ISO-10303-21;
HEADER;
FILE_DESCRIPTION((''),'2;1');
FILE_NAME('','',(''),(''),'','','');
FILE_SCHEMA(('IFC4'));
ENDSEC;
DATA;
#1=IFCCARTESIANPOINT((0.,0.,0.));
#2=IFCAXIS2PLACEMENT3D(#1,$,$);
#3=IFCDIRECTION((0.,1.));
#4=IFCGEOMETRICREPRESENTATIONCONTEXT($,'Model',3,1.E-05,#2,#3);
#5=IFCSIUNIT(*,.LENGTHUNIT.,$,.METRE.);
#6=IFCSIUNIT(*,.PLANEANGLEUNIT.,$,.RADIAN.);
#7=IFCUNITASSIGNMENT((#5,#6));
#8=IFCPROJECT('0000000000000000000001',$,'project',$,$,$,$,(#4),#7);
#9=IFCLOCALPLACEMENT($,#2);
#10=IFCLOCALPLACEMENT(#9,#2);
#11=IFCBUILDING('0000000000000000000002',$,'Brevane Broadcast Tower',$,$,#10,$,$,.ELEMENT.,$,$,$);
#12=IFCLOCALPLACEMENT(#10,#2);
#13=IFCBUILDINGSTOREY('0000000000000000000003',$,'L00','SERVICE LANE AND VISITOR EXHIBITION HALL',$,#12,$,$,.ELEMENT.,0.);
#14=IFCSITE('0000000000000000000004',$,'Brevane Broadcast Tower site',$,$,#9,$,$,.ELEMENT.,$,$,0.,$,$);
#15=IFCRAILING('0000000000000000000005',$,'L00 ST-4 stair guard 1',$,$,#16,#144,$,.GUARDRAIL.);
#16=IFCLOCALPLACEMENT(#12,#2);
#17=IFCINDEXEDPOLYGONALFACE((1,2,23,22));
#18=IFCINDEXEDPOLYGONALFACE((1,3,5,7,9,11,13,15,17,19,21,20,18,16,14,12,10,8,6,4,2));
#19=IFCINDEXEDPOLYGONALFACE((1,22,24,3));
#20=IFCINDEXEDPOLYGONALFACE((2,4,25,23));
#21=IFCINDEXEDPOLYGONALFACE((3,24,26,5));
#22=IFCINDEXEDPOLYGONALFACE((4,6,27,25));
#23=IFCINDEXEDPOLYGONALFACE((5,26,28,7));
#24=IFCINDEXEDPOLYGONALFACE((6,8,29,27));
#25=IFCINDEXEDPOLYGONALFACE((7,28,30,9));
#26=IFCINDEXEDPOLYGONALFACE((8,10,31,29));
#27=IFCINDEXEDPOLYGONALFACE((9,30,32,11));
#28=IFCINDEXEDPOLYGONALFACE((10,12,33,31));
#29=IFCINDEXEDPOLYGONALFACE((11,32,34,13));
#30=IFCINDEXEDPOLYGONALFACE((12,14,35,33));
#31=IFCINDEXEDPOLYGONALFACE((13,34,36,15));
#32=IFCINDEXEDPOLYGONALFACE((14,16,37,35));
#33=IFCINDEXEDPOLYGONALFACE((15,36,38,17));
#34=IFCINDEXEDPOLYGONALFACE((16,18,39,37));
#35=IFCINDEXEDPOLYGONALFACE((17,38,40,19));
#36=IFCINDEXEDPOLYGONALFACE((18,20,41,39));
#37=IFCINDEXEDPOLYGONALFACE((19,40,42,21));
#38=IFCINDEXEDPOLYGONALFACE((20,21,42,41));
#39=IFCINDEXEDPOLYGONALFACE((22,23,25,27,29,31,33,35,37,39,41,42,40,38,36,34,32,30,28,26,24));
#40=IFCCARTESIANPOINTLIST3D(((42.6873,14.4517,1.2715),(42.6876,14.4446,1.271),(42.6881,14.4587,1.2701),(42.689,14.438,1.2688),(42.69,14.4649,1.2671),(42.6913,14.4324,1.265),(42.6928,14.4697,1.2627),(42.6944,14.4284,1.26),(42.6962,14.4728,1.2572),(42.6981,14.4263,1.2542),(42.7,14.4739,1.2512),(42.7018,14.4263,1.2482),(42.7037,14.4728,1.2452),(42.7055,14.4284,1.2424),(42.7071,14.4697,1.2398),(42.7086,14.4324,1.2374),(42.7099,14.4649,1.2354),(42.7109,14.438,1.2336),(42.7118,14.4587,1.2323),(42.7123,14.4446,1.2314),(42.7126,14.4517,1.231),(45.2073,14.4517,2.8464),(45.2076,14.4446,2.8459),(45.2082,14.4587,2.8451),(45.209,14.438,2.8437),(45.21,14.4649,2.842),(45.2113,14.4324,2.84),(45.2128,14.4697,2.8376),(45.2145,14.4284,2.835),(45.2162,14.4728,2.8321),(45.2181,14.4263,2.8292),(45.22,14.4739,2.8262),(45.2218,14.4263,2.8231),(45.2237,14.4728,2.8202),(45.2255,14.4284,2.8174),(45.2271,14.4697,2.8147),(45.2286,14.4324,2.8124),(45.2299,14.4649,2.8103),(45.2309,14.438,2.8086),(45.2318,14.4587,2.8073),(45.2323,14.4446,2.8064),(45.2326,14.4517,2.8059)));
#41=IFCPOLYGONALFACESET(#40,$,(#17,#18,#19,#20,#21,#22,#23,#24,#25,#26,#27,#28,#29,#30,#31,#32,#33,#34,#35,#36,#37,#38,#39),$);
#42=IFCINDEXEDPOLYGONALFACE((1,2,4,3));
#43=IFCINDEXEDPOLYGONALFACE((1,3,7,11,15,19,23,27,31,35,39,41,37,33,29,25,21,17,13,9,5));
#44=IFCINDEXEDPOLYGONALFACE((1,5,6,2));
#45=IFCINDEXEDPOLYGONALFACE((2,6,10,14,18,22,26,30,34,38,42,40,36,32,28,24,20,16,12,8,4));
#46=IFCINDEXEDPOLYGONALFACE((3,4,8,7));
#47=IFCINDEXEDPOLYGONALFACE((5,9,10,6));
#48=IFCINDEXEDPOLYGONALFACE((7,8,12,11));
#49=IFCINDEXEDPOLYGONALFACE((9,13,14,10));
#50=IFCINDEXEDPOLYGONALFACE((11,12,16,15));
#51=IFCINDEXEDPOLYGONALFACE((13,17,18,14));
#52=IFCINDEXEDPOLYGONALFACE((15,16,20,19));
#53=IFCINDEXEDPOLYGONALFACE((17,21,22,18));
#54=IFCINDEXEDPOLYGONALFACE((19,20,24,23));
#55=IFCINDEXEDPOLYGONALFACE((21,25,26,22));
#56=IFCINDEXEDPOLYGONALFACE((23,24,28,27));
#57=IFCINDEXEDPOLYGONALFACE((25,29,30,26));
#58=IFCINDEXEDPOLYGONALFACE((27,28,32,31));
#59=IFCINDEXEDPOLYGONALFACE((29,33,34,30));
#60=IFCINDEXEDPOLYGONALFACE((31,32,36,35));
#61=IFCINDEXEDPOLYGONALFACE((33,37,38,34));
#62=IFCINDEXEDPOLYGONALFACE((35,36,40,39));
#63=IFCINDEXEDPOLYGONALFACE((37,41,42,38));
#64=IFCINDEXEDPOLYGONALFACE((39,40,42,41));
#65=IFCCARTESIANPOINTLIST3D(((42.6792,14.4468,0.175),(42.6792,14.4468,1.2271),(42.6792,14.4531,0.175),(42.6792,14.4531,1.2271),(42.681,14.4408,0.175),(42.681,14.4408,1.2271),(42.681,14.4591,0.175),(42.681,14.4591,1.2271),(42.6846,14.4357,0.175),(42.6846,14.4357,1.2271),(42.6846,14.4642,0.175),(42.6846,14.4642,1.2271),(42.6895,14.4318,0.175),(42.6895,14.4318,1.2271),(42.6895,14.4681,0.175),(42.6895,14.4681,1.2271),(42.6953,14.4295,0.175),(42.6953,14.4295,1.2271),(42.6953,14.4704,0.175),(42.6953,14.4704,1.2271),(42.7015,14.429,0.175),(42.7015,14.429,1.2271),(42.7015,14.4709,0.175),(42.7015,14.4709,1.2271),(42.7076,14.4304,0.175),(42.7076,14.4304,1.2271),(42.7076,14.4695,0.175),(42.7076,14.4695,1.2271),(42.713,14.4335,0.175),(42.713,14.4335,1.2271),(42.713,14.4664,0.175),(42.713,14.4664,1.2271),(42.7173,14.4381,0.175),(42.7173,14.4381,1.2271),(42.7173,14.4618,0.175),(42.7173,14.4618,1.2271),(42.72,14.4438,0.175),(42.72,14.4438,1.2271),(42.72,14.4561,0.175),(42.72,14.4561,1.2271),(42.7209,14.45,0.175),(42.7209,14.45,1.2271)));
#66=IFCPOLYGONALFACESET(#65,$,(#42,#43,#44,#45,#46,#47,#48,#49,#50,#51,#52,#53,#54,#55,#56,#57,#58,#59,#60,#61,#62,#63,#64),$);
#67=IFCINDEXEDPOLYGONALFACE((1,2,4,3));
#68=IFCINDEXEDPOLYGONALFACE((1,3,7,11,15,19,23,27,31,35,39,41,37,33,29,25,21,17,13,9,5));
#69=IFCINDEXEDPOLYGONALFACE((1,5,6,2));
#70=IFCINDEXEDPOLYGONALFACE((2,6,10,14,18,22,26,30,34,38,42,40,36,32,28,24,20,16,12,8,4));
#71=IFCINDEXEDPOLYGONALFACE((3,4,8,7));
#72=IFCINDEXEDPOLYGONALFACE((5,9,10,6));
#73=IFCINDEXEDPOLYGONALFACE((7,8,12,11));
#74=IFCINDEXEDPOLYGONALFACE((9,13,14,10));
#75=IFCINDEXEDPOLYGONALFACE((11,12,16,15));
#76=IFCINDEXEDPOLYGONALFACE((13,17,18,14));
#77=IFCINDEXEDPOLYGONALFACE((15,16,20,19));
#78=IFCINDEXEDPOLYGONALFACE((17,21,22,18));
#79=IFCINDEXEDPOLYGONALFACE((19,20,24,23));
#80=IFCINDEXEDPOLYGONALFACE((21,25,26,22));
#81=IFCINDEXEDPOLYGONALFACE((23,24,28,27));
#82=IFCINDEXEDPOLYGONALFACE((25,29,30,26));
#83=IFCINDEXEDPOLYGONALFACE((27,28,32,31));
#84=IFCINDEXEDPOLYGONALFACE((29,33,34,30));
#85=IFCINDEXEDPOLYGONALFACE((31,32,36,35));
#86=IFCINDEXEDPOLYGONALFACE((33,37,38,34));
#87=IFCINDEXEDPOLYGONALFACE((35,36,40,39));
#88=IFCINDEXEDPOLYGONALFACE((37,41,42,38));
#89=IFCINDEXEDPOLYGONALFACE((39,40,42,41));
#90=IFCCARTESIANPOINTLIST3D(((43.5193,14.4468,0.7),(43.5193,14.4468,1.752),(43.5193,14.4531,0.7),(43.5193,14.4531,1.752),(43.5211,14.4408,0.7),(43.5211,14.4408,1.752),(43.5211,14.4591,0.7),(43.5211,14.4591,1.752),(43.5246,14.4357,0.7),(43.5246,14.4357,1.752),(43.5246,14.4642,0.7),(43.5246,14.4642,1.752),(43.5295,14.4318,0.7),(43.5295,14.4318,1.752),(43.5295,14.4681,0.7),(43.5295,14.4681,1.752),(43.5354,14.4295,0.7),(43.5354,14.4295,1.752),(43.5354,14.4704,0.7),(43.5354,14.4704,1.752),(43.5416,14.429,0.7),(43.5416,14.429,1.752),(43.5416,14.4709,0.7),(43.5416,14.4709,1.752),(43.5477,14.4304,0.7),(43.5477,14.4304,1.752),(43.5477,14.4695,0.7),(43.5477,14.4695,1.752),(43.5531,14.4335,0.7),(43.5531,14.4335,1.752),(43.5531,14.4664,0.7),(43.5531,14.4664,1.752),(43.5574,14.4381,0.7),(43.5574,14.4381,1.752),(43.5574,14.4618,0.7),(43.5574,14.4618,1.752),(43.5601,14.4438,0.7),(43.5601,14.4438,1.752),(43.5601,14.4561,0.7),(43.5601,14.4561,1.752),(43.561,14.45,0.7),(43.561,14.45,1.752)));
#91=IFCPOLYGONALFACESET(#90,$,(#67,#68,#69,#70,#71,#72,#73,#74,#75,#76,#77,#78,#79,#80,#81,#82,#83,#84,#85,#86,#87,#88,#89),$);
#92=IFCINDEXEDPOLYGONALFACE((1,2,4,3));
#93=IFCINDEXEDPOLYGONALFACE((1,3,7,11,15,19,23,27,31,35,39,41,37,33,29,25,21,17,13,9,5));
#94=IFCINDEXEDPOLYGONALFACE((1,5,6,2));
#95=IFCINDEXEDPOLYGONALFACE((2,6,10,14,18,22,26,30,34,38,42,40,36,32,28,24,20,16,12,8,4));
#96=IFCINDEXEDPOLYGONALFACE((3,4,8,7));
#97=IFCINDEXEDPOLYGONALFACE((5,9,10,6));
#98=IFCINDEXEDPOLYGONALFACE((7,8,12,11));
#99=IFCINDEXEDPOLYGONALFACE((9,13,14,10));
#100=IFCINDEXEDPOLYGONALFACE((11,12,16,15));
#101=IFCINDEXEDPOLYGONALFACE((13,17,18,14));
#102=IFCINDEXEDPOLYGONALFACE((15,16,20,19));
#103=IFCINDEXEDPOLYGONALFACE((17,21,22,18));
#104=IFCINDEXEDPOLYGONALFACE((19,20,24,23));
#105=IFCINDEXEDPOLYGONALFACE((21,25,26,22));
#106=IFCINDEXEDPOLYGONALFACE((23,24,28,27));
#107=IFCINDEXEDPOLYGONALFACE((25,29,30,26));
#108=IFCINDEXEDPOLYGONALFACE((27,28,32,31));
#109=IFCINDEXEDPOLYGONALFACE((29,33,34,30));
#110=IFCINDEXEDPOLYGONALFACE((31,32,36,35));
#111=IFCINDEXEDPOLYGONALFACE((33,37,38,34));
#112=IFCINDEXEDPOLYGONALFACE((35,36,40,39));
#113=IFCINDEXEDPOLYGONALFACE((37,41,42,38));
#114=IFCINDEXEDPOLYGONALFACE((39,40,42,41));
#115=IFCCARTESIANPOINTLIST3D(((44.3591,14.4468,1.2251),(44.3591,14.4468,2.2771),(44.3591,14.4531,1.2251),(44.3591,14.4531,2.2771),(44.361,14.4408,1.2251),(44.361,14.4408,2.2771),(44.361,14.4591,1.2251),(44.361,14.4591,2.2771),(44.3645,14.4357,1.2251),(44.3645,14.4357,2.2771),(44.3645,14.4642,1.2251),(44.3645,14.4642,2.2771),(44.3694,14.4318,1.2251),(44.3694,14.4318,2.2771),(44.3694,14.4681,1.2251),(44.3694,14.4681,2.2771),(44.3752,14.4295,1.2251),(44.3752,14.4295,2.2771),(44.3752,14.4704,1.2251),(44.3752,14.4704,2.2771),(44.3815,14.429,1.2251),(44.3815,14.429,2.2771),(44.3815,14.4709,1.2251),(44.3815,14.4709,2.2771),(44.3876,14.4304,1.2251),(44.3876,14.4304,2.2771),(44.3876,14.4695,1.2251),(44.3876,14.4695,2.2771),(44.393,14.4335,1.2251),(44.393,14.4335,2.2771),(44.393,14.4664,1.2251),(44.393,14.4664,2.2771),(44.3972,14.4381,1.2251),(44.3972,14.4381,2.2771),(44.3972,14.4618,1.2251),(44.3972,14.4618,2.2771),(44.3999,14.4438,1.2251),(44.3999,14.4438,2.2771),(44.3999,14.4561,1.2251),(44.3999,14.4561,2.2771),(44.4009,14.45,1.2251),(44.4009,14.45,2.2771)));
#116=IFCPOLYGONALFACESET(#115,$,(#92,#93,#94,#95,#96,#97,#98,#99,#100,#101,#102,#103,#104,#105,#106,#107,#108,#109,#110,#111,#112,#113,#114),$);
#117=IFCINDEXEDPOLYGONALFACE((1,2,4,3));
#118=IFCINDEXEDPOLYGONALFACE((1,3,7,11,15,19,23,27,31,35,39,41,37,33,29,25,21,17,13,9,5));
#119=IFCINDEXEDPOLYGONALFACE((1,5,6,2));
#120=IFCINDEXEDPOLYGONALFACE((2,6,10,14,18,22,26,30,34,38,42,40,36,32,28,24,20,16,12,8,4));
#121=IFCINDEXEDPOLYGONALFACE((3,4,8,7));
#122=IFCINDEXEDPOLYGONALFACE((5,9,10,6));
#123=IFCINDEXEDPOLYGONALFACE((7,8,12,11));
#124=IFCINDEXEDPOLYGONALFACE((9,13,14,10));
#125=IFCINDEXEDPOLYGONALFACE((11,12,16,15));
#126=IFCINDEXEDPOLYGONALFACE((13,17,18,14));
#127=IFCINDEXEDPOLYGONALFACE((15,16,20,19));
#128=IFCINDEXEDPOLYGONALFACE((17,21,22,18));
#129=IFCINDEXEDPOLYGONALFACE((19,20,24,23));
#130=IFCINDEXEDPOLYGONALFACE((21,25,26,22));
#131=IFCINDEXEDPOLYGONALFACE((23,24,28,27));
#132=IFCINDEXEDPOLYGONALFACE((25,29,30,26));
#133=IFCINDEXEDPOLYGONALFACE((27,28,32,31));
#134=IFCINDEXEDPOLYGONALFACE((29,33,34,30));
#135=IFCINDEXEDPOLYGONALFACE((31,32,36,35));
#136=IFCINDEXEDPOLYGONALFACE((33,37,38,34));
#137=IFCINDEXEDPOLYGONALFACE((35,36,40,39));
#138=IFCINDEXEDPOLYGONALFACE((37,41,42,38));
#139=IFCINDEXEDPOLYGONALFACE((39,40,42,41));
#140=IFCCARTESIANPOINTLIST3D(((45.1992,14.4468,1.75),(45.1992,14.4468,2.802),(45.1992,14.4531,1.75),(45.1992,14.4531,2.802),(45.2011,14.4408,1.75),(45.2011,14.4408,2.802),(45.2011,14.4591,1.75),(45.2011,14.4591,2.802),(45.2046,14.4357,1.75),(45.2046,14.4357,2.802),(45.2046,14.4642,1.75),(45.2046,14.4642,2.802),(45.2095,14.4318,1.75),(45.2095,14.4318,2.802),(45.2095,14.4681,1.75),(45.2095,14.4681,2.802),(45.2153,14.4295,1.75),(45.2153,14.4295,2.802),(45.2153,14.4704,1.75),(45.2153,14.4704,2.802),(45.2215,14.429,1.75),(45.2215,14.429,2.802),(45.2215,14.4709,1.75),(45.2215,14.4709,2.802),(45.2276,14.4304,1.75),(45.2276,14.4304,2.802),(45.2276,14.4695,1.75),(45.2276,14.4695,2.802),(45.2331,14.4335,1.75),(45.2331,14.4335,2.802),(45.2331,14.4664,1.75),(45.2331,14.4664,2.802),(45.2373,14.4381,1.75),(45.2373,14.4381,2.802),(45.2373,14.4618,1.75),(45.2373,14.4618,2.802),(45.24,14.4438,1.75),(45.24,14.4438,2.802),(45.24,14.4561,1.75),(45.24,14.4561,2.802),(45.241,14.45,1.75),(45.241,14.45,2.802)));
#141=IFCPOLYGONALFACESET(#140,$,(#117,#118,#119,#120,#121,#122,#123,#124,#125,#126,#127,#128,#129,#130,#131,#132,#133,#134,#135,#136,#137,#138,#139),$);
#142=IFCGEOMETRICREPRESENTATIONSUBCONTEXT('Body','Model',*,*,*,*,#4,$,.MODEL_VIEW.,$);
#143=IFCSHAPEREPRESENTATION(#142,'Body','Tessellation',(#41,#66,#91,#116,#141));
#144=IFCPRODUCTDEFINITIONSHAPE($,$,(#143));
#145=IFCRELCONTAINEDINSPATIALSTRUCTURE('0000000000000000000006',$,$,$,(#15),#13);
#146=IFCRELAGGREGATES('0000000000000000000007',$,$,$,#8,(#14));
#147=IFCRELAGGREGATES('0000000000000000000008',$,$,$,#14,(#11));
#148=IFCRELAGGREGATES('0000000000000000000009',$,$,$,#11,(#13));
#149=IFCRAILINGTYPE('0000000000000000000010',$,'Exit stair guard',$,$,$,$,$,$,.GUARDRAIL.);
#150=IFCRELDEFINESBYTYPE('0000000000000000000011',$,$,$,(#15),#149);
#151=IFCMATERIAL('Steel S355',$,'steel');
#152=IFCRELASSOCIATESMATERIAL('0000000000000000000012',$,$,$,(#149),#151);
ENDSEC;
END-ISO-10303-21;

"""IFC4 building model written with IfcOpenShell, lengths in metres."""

from ifc_helpers import new_model, si_unit, direction, frame, origin, origin_2d, place, context, subcontext, project, spatial, circle, extrude, material, type_object, element, save


model = new_model("IFC4")

# Units and contexts
model_context = context("Model", 3, precision=1e-05, world=origin(), true_north=direction((0.0, 1.0)))
body_context = subcontext(model_context, "Body", "Model", "MODEL_VIEW")
ifc_project = project(units=[si_unit("LENGTHUNIT", "METRE"), si_unit("PLANEANGLEUNIT", "RADIAN")], contexts=[model_context])

# Site, building, storey
site_placement = place(None, origin())
site = spatial("IfcSite", under=ifc_project, at=site_placement, Name="Brevane Broadcast Tower site", CompositionType="ELEMENT", RefElevation=0.0)
building_placement = place(site_placement, origin())
building = spatial("IfcBuilding", under=site, at=building_placement, Name="Brevane Broadcast Tower", CompositionType="ELEMENT")
storey_placement = place(building_placement, origin())
storey = spatial("IfcBuildingStorey", under=building, at=storey_placement, Name="L00", Description="SERVICE LANE AND VISITOR EXHIBITION HALL", CompositionType="ELEMENT", Elevation=0.0)

# Railing
ifc_material_1 = material(Name="Steel S355", Category="steel")
railing_type_1 = type_object("IfcRailingType", Name="Exit stair guard", PredefinedType="GUARDRAIL", material=ifc_material_1)
railing_1_placement = place(storey_placement, frame((42.7, 14.45, 0.175)))
element("IfcRailing", 1, at=railing_1_placement, inside=storey, type_object=railing_type_1, Name="L00 ST-4 stair guard 1", PredefinedType="GUARDRAIL", context=body_context, shape_type="SweptSolid", body=[
    extrude(circle(Radius=0.0239, at=origin_2d()), frame((0.0, 0.0, 1.0762), z_axis=(0.848008, 0.0, 0.529984), x_axis=(0.0, 1.0, 0.0)), (0.0, 0.0, 1.0), 2.9717),
    extrude(circle(Radius=0.021, at=origin_2d()), origin(), (0.0, 0.0, 1.0), 1.052),
    extrude(circle(Radius=0.021, at=origin_2d()), frame((0.8401, 0.0, 0.5249)), (0.0, 0.0, 1.0), 1.052),
    extrude(circle(Radius=0.021, at=origin_2d()), frame((1.6799, 0.0, 1.05)), (0.0, 0.0, 1.0), 1.052),
    extrude(circle(Radius=0.021, at=origin_2d()), frame((2.52, 0.0, 1.575)), (0.0, 0.0, 1.0), 1.052),
])

save(model, "model.ifc")
